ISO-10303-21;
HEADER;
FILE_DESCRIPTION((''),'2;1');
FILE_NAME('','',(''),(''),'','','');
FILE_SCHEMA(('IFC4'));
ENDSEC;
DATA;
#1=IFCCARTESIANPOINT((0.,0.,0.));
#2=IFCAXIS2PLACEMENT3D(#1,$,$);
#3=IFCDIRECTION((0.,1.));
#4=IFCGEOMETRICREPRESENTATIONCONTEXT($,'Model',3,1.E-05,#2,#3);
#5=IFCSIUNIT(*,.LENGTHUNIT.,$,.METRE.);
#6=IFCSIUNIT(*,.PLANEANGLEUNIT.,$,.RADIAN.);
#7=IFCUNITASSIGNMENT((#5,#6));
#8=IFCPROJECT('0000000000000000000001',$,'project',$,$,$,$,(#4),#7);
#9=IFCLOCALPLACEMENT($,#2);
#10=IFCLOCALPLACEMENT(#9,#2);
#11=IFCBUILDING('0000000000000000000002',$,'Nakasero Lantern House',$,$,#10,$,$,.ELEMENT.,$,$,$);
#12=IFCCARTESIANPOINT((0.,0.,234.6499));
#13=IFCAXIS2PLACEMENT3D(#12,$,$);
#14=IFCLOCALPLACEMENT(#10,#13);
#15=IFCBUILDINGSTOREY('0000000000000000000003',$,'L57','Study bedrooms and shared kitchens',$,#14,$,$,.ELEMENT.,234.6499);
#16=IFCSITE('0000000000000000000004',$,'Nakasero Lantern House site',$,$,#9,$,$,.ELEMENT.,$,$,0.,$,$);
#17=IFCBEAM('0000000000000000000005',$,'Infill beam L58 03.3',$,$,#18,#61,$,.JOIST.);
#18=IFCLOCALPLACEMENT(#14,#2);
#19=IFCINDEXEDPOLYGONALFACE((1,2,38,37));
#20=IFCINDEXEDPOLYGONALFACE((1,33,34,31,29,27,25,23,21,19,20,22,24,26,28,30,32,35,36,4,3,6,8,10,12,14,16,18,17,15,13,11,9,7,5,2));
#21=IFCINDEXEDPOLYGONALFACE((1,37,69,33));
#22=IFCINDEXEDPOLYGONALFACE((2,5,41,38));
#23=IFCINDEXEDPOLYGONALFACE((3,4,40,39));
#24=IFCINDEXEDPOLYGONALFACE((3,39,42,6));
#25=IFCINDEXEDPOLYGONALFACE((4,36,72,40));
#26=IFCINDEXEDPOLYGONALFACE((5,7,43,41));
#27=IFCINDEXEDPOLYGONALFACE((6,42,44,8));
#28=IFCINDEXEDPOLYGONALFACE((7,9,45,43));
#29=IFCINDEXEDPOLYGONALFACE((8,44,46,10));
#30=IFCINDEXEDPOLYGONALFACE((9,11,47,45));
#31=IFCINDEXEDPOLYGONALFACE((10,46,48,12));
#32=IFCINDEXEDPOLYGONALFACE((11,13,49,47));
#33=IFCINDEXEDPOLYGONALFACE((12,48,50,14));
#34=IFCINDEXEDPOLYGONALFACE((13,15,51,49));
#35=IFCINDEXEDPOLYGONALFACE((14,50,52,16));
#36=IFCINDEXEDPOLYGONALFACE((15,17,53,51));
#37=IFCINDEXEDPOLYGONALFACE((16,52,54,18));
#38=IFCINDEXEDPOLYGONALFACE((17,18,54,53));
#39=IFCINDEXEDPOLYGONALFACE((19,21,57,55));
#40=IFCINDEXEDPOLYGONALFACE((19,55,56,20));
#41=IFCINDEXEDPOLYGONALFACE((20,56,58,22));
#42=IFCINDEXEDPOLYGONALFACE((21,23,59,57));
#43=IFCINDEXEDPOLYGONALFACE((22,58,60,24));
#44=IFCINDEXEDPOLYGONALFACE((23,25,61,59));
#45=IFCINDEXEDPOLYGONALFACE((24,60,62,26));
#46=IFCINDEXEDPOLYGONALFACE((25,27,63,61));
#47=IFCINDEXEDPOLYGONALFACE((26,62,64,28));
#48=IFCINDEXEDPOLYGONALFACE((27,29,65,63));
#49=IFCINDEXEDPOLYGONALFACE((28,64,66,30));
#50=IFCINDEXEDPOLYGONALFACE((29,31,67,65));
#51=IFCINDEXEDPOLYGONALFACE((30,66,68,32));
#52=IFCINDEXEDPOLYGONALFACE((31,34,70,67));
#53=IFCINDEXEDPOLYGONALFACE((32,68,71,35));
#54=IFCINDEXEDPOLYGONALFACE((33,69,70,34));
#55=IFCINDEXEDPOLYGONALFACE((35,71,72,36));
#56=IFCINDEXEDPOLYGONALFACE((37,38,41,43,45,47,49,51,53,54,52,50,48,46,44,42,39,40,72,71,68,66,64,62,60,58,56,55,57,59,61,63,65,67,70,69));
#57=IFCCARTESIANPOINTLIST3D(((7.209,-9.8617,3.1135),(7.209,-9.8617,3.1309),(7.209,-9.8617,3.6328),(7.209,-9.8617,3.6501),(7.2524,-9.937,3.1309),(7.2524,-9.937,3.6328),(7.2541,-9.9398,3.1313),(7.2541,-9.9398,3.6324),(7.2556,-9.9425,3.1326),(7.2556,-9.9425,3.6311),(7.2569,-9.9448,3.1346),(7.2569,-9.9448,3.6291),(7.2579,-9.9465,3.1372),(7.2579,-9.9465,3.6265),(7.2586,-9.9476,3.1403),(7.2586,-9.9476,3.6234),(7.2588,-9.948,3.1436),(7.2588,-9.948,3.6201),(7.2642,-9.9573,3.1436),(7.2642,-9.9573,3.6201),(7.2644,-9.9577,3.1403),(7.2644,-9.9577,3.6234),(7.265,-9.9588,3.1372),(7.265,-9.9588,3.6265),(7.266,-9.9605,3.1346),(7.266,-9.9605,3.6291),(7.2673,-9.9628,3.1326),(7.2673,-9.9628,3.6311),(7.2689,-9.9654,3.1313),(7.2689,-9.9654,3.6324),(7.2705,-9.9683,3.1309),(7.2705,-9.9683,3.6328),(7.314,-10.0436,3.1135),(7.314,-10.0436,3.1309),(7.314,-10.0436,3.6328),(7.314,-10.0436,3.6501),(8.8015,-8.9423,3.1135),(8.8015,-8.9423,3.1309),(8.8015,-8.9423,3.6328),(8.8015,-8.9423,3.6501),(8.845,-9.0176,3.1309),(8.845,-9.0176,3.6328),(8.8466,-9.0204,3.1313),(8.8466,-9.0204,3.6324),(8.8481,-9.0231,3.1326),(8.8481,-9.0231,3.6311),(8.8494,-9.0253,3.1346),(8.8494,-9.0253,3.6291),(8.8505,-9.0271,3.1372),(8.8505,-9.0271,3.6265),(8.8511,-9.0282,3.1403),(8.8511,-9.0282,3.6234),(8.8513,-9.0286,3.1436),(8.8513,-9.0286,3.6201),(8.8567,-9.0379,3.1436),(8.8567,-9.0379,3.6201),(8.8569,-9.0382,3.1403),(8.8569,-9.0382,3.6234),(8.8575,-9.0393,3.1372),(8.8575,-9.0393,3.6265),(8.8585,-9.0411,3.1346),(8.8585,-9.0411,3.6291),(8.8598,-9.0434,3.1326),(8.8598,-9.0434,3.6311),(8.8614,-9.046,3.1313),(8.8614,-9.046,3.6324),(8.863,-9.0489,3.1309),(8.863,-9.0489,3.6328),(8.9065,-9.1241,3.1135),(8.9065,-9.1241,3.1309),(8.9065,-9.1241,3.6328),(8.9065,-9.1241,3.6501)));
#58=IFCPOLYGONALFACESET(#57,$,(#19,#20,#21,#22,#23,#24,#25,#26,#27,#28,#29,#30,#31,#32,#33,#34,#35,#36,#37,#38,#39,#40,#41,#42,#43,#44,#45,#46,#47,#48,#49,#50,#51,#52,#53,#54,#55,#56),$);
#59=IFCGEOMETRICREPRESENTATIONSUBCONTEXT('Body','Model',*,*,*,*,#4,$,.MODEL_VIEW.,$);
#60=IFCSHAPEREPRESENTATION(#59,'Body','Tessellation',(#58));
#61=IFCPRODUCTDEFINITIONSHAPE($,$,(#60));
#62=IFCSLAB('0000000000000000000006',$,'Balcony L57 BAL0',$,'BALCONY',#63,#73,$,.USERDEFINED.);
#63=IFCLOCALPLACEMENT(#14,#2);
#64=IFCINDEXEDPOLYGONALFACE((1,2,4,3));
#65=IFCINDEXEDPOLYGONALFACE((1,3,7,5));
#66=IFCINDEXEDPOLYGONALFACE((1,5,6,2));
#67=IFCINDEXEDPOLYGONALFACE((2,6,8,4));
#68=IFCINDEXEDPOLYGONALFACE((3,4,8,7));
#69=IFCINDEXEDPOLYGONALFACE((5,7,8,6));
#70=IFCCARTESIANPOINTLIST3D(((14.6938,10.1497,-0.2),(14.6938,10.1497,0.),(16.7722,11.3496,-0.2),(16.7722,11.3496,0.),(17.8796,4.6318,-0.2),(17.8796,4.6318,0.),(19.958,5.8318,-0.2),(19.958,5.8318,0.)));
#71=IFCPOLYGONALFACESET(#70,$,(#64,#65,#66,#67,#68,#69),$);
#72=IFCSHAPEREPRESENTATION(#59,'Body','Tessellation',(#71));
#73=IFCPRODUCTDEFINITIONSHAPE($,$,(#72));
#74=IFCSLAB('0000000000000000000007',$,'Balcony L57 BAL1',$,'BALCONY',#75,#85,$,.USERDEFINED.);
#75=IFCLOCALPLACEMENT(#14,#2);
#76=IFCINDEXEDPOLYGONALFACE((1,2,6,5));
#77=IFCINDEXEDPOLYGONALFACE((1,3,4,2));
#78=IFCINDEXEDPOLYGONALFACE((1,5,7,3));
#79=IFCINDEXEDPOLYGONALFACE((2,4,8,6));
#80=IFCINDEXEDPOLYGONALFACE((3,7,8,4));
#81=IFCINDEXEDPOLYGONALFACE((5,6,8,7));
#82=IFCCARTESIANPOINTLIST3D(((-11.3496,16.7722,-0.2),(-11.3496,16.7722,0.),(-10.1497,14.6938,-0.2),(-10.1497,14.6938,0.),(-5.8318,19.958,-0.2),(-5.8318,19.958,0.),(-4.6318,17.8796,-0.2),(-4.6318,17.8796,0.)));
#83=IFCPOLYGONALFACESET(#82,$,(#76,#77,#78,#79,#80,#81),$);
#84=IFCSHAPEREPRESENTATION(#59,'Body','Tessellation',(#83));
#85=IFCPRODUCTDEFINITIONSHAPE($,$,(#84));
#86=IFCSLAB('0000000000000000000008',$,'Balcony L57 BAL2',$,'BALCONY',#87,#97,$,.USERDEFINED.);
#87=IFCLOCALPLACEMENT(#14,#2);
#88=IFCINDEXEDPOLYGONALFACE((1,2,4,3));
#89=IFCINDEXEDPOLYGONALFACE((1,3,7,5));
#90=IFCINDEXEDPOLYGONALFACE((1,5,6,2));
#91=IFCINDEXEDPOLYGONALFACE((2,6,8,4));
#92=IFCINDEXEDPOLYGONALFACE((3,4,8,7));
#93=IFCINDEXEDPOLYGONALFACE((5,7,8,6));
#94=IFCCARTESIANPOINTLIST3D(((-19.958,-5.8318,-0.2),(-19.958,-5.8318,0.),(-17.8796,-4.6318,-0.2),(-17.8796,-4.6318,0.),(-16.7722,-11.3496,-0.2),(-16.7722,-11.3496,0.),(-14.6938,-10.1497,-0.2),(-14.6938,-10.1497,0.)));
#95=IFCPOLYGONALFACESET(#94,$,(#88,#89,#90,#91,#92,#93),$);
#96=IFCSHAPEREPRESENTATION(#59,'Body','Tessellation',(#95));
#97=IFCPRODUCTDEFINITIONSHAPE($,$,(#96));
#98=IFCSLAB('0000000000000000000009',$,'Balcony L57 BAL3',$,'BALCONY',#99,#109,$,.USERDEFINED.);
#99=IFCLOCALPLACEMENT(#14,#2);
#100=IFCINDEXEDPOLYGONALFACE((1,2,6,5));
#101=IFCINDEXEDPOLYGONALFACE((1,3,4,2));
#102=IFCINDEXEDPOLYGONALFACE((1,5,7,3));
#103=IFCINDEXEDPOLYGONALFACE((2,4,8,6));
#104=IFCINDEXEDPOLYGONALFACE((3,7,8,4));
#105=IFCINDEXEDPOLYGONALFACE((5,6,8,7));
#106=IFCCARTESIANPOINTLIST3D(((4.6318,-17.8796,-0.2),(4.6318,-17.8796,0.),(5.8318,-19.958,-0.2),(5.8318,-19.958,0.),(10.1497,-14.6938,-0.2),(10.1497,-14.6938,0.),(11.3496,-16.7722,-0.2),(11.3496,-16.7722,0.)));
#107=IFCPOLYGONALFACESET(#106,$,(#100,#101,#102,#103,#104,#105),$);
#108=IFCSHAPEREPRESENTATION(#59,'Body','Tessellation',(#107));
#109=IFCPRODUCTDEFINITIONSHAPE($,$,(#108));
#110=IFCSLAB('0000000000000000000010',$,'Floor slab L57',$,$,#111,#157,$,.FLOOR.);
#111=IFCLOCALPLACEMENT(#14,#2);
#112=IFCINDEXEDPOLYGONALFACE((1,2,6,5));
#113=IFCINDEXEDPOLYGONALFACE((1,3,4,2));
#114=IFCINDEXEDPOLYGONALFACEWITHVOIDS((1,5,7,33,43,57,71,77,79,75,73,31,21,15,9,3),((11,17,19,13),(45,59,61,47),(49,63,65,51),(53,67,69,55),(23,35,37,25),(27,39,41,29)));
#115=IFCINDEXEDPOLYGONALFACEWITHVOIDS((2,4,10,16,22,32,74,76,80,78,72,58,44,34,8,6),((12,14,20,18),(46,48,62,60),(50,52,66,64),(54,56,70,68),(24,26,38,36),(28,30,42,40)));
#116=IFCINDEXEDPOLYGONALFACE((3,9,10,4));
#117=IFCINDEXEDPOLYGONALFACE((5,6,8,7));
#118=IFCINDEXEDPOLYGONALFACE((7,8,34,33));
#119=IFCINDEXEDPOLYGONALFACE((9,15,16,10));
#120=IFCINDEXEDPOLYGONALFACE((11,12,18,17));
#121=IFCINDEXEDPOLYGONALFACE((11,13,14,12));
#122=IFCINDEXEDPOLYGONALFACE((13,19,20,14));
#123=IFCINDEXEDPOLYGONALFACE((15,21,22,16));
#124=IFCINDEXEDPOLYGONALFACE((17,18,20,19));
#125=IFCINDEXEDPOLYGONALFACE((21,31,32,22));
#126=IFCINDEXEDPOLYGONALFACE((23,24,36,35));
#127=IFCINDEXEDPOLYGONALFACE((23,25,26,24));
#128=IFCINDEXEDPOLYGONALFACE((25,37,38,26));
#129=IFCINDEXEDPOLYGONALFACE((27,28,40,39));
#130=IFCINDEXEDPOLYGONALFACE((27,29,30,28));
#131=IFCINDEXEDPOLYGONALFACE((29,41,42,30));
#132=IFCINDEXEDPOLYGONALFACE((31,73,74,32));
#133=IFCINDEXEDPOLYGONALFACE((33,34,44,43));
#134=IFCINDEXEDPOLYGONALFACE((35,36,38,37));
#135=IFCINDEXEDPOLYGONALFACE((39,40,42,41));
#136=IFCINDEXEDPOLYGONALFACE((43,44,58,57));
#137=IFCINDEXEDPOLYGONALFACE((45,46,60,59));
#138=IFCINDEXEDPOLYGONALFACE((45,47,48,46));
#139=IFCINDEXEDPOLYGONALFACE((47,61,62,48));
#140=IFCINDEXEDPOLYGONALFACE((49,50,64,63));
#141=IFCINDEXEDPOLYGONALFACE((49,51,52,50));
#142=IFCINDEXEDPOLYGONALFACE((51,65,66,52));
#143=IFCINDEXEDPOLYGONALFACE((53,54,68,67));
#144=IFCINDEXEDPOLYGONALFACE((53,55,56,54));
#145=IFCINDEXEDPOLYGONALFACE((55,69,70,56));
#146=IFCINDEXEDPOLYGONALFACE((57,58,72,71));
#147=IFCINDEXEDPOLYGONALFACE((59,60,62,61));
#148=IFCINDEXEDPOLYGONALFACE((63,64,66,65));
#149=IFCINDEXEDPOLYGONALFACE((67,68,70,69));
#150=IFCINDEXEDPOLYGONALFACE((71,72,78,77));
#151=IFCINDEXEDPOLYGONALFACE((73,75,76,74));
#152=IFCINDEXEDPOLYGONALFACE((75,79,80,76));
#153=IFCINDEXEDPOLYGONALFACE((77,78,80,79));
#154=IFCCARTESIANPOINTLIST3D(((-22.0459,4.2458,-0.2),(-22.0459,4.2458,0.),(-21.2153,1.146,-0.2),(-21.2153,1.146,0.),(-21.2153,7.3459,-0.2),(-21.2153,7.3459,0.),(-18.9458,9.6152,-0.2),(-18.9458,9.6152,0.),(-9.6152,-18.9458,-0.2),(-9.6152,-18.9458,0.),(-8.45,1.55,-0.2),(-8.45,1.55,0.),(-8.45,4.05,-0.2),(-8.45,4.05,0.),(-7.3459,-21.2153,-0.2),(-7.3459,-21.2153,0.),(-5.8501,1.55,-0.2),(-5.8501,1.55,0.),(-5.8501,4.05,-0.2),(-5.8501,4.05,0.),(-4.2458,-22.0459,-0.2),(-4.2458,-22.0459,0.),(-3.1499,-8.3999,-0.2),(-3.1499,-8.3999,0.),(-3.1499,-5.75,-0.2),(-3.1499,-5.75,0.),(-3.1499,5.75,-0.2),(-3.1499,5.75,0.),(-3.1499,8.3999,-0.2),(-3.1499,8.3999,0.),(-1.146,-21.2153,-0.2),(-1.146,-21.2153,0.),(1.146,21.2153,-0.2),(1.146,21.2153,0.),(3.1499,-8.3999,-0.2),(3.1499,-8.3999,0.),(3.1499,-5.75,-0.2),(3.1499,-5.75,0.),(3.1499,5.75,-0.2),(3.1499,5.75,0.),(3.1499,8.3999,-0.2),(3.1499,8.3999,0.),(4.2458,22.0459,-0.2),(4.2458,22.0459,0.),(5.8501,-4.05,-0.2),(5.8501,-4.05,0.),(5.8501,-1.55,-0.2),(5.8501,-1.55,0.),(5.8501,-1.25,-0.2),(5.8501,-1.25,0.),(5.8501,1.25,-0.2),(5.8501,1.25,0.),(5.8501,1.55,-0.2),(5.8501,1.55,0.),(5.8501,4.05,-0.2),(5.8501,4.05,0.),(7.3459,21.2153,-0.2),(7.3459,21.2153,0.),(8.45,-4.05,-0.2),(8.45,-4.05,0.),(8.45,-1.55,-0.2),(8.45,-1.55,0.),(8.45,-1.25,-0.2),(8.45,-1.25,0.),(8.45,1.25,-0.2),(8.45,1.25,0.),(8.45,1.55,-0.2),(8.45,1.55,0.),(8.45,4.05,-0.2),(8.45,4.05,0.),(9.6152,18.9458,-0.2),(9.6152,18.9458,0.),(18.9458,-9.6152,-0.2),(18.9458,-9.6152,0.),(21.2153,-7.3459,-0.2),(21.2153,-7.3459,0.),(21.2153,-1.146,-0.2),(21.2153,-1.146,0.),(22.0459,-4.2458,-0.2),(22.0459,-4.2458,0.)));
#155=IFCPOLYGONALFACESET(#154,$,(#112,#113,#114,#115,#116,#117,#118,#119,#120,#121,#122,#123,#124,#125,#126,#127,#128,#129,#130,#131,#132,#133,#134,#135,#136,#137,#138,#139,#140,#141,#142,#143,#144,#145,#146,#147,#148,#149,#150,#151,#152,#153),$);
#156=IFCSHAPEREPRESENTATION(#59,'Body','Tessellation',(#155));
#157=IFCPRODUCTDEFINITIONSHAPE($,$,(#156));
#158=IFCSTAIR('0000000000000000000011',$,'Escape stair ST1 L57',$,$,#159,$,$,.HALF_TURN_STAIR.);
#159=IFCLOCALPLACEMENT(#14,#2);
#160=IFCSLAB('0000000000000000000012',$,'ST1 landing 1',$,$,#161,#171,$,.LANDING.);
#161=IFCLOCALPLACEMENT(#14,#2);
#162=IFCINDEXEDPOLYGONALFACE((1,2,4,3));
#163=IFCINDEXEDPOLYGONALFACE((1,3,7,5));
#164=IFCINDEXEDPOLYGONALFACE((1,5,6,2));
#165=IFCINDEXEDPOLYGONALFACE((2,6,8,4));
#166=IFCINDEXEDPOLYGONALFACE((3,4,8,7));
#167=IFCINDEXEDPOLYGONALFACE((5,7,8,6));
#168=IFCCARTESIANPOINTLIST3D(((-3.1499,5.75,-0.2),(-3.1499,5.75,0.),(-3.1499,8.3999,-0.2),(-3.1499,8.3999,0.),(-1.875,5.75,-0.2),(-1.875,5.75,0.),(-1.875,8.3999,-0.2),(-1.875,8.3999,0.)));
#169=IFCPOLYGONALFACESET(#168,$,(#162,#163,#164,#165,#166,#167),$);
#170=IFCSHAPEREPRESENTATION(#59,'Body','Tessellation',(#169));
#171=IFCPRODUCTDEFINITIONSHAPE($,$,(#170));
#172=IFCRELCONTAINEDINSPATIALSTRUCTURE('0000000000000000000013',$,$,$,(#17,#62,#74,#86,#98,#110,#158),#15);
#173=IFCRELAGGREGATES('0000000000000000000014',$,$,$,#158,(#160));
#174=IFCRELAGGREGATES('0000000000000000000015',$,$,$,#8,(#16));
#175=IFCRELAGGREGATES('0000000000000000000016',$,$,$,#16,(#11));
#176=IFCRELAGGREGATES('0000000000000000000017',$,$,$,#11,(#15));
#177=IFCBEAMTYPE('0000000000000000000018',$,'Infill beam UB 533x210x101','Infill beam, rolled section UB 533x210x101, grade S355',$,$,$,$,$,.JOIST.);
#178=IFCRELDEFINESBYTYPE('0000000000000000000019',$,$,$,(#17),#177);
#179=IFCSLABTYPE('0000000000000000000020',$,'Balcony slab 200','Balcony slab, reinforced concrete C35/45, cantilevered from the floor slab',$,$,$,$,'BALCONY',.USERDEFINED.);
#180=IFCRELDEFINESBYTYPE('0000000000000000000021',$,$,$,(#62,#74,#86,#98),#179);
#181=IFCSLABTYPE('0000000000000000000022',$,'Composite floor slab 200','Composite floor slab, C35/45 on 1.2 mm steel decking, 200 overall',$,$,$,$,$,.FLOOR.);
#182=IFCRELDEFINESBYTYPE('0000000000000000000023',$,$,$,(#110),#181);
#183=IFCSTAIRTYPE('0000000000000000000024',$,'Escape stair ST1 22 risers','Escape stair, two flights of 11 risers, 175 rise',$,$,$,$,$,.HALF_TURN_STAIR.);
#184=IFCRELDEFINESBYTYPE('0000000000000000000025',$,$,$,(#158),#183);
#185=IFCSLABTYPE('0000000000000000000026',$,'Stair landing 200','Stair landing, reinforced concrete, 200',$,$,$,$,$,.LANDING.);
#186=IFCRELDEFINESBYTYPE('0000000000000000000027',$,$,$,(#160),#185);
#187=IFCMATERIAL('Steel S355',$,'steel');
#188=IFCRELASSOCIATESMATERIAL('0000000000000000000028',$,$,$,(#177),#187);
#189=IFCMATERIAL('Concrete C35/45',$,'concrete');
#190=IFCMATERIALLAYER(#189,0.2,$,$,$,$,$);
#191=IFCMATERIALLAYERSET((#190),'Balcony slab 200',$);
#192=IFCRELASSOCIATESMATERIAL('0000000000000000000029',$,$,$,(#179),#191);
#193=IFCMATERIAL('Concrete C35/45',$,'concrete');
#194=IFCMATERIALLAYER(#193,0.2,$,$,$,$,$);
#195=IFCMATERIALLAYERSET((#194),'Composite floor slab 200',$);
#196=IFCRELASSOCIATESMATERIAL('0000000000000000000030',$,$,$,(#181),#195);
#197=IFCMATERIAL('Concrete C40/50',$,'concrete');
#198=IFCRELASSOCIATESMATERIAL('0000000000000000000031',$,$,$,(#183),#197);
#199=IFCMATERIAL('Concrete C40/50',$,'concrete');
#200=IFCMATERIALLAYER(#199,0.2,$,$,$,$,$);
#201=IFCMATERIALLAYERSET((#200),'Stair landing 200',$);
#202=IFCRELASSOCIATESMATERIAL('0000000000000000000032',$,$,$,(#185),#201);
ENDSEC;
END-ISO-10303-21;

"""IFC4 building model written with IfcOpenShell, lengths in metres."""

from ifc_helpers import new_model, si_unit, direction, frame, origin, origin_2d, place, context, subcontext, project, spatial, polyline, i_section, outline, extrude, material, layer, layer_set, material_profile, profile_set, type_object, element, aggregate, save


model = new_model("IFC4")

# Units and contexts
model_context = context("Model", 3, precision=1e-05, world=origin(), true_north=direction((0.0, 1.0)))
body_context = subcontext(model_context, "Body", "Model", "MODEL_VIEW")
ifc_project = project(units=[si_unit("LENGTHUNIT", "METRE"), si_unit("PLANEANGLEUNIT", "RADIAN")], contexts=[model_context])

# Site, building, storey
site_placement = place(None, origin())
site = spatial("IfcSite", under=ifc_project, at=site_placement, Name="Nakasero Lantern House site", CompositionType="ELEMENT", RefElevation=0.0)
building_placement = place(site_placement, origin())
building = spatial("IfcBuilding", under=site, at=building_placement, Name="Nakasero Lantern House", CompositionType="ELEMENT")
storey_placement = place(building_placement, frame((0.0, 0.0, 234.6499)))
storey = spatial("IfcBuildingStorey", under=building, at=storey_placement, Name="L57", Description="Study bedrooms and shared kitchens", CompositionType="ELEMENT", Elevation=234.6499)

# Beam
ifc_material_1 = material(Name="Steel S355", Category="steel")
ifc_material_profile = material_profile(ifc_material_1, i_section(OverallWidth=0.21, OverallDepth=0.5366, WebThickness=0.0107, FlangeThickness=0.0173, FilletRadius=0.0127, at=origin_2d()), Name="UB 533x210x101")
ifc_profile_set = profile_set([ifc_material_profile], Name="Steel S355")
beam_type = type_object("IfcBeamType", Name="Infill beam UB 533x210x101", Description="Infill beam, rolled section UB 533x210x101, grade S355", PredefinedType="JOIST", material=ifc_profile_set)
beam_placement = place(storey_placement, frame((7.2615, -9.9526, 3.3818), z_axis=(0.866029, 0.499994, 0.0), x_axis=(-0.499994, 0.866029, 0.0)))
element("IfcBeam", 1, at=beam_placement, inside=storey, type_object=beam_type, Name="Infill beam L58 03.3", PredefinedType="JOIST", context=body_context, shape_type="SweptSolid", body=[
    extrude(i_section(OverallWidth=0.21, OverallDepth=0.5366, WebThickness=0.0107, FlangeThickness=0.0173, FilletRadius=0.0127, at=origin_2d()), origin(), (0.0, 0.0, 1.0), 1.8389),
])

# Slabs
ifc_material_2 = material(Name="Concrete C35/45", Category="concrete")
ifc_layer_1 = layer(ifc_material_2, 0.2)
ifc_layer_set_1 = layer_set([ifc_layer_1], Name="Balcony slab 200")
slab_type_1 = type_object("IfcSlabType", Name="Balcony slab 200", Description="Balcony slab, reinforced concrete C35/45, cantilevered from the floor slab", ElementType="BALCONY", PredefinedType="USERDEFINED", material=ifc_layer_set_1)
slab_1_placement = place(storey_placement, frame((0.0, 0.0, -0.2)))
element("IfcSlab", 2, at=slab_1_placement, inside=storey, type_object=slab_type_1, Name="Balcony L57 BAL0", ObjectType="BALCONY", PredefinedType="USERDEFINED", context=body_context, shape_type="SweptSolid", body=[
    extrude(outline(polyline([(17.8796, 4.6318), (19.958, 5.8318), (16.7722, 11.3496), (14.6938, 10.1497), (17.8796, 4.6318)])), origin(), (0.0, 0.0, 1.0), 0.2),
])
slab_2_placement = place(storey_placement, frame((0.0, 0.0, -0.2)))
element("IfcSlab", 3, at=slab_2_placement, inside=storey, type_object=slab_type_1, Name="Balcony L57 BAL1", ObjectType="BALCONY", PredefinedType="USERDEFINED", context=body_context, shape_type="SweptSolid", body=[
    extrude(outline(polyline([(-4.6318, 17.8796), (-5.8318, 19.958), (-11.3496, 16.7722), (-10.1497, 14.6938), (-4.6318, 17.8796)])), origin(), (0.0, 0.0, 1.0), 0.2),
])
slab_3_placement = place(storey_placement, frame((0.0, 0.0, -0.2)))
element("IfcSlab", 4, at=slab_3_placement, inside=storey, type_object=slab_type_1, Name="Balcony L57 BAL2", ObjectType="BALCONY", PredefinedType="USERDEFINED", context=body_context, shape_type="SweptSolid", body=[
    extrude(outline(polyline([(-17.8796, -4.6318), (-19.958, -5.8318), (-16.7722, -11.3496), (-14.6938, -10.1497), (-17.8796, -4.6318)])), origin(), (0.0, 0.0, 1.0), 0.2),
])
slab_4_placement = place(storey_placement, frame((0.0, 0.0, -0.2)))
element("IfcSlab", 5, at=slab_4_placement, inside=storey, type_object=slab_type_1, Name="Balcony L57 BAL3", ObjectType="BALCONY", PredefinedType="USERDEFINED", context=body_context, shape_type="SweptSolid", body=[
    extrude(outline(polyline([(4.6318, -17.8796), (5.8318, -19.958), (11.3496, -16.7722), (10.1497, -14.6938), (4.6318, -17.8796)])), origin(), (0.0, 0.0, 1.0), 0.2),
])
ifc_material_3 = material(Name="Concrete C35/45", Category="concrete")
ifc_layer_2 = layer(ifc_material_3, 0.2)
ifc_layer_set_2 = layer_set([ifc_layer_2], Name="Composite floor slab 200")
slab_type_2 = type_object("IfcSlabType", Name="Composite floor slab 200", Description="Composite floor slab, C35/45 on 1.2 mm steel decking, 200 overall", PredefinedType="FLOOR", material=ifc_layer_set_2)
slab_5_placement = place(storey_placement, frame((0.0, 0.0, -0.2)))
element("IfcSlab", 6, at=slab_5_placement, inside=storey, type_object=slab_type_2, Name="Floor slab L57", PredefinedType="FLOOR", context=body_context, shape_type="SweptSolid", body=[
    extrude(outline(polyline([(9.6152, 18.9458), (7.3459, 21.2153), (4.2458, 22.0459), (1.146, 21.2153), (-18.9458, 9.6152), (-21.2153, 7.3459), (-22.0459, 4.2458), (-21.2153, 1.146), (-9.6152, -18.9458), (-7.3459, -21.2153), (-4.2458, -22.0459), (-1.146, -21.2153), (18.9458, -9.6152), (21.2153, -7.3459), (22.0459, -4.2458), (21.2153, -1.146), (9.6152, 18.9458)]), holes=[polyline([(-8.45, 1.55), (-5.8501, 1.55), (-5.8501, 4.05), (-8.45, 4.05), (-8.45, 1.55)]), polyline([(5.8501, -4.05), (8.45, -4.05), (8.45, -1.55), (5.8501, -1.55), (5.8501, -4.05)]), polyline([(5.8501, -1.25), (8.45, -1.25), (8.45, 1.25), (5.8501, 1.25), (5.8501, -1.25)]), polyline([(5.8501, 1.55), (8.45, 1.55), (8.45, 4.05), (5.8501, 4.05), (5.8501, 1.55)]), polyline([(-3.1499, 5.75), (3.1499, 5.75), (3.1499, 8.3999), (-3.1499, 8.3999), (-3.1499, 5.75)]), polyline([(-3.1499, -8.3999), (3.1499, -8.3999), (3.1499, -5.75), (-3.1499, -5.75), (-3.1499, -8.3999)])]), origin(), (0.0, 0.0, 1.0), 0.2),
])

# Stair, slab
ifc_material_4 = material(Name="Concrete C40/50", Category="concrete")
stair_type_1 = type_object("IfcStairType", Name="Escape stair ST1 22 risers", Description="Escape stair, two flights of 11 risers, 175 rise", PredefinedType="HALF_TURN_STAIR", material=ifc_material_4)
stair_1_placement = place(storey_placement, origin())
stair_1 = element("IfcStair", 7, at=stair_1_placement, inside=storey, type_object=stair_type_1, Name="Escape stair ST1 L57", PredefinedType="HALF_TURN_STAIR")
ifc_material_5 = material(Name="Concrete C40/50", Category="concrete")
ifc_layer_3 = layer(ifc_material_5, 0.2)
ifc_layer_set_3 = layer_set([ifc_layer_3], Name="Stair landing 200")
slab_type_3 = type_object("IfcSlabType", Name="Stair landing 200", Description="Stair landing, reinforced concrete, 200", PredefinedType="LANDING", material=ifc_layer_set_3)
slab_6_placement = place(storey_placement, frame((0.0, 0.0, -0.2)))
slab_6 = element("IfcSlab", 8, at=slab_6_placement, type_object=slab_type_3, Name="ST1 landing 1", PredefinedType="LANDING", context=body_context, shape_type="SweptSolid", body=[
    extrude(outline(polyline([(-3.1499, 5.75), (-1.875, 5.75), (-1.875, 8.3999), (-3.1499, 8.3999), (-3.1499, 5.75)])), origin(), (0.0, 0.0, 1.0), 0.2),
])
aggregate(stair_1, [slab_6])

save(model, "model.ifc")
